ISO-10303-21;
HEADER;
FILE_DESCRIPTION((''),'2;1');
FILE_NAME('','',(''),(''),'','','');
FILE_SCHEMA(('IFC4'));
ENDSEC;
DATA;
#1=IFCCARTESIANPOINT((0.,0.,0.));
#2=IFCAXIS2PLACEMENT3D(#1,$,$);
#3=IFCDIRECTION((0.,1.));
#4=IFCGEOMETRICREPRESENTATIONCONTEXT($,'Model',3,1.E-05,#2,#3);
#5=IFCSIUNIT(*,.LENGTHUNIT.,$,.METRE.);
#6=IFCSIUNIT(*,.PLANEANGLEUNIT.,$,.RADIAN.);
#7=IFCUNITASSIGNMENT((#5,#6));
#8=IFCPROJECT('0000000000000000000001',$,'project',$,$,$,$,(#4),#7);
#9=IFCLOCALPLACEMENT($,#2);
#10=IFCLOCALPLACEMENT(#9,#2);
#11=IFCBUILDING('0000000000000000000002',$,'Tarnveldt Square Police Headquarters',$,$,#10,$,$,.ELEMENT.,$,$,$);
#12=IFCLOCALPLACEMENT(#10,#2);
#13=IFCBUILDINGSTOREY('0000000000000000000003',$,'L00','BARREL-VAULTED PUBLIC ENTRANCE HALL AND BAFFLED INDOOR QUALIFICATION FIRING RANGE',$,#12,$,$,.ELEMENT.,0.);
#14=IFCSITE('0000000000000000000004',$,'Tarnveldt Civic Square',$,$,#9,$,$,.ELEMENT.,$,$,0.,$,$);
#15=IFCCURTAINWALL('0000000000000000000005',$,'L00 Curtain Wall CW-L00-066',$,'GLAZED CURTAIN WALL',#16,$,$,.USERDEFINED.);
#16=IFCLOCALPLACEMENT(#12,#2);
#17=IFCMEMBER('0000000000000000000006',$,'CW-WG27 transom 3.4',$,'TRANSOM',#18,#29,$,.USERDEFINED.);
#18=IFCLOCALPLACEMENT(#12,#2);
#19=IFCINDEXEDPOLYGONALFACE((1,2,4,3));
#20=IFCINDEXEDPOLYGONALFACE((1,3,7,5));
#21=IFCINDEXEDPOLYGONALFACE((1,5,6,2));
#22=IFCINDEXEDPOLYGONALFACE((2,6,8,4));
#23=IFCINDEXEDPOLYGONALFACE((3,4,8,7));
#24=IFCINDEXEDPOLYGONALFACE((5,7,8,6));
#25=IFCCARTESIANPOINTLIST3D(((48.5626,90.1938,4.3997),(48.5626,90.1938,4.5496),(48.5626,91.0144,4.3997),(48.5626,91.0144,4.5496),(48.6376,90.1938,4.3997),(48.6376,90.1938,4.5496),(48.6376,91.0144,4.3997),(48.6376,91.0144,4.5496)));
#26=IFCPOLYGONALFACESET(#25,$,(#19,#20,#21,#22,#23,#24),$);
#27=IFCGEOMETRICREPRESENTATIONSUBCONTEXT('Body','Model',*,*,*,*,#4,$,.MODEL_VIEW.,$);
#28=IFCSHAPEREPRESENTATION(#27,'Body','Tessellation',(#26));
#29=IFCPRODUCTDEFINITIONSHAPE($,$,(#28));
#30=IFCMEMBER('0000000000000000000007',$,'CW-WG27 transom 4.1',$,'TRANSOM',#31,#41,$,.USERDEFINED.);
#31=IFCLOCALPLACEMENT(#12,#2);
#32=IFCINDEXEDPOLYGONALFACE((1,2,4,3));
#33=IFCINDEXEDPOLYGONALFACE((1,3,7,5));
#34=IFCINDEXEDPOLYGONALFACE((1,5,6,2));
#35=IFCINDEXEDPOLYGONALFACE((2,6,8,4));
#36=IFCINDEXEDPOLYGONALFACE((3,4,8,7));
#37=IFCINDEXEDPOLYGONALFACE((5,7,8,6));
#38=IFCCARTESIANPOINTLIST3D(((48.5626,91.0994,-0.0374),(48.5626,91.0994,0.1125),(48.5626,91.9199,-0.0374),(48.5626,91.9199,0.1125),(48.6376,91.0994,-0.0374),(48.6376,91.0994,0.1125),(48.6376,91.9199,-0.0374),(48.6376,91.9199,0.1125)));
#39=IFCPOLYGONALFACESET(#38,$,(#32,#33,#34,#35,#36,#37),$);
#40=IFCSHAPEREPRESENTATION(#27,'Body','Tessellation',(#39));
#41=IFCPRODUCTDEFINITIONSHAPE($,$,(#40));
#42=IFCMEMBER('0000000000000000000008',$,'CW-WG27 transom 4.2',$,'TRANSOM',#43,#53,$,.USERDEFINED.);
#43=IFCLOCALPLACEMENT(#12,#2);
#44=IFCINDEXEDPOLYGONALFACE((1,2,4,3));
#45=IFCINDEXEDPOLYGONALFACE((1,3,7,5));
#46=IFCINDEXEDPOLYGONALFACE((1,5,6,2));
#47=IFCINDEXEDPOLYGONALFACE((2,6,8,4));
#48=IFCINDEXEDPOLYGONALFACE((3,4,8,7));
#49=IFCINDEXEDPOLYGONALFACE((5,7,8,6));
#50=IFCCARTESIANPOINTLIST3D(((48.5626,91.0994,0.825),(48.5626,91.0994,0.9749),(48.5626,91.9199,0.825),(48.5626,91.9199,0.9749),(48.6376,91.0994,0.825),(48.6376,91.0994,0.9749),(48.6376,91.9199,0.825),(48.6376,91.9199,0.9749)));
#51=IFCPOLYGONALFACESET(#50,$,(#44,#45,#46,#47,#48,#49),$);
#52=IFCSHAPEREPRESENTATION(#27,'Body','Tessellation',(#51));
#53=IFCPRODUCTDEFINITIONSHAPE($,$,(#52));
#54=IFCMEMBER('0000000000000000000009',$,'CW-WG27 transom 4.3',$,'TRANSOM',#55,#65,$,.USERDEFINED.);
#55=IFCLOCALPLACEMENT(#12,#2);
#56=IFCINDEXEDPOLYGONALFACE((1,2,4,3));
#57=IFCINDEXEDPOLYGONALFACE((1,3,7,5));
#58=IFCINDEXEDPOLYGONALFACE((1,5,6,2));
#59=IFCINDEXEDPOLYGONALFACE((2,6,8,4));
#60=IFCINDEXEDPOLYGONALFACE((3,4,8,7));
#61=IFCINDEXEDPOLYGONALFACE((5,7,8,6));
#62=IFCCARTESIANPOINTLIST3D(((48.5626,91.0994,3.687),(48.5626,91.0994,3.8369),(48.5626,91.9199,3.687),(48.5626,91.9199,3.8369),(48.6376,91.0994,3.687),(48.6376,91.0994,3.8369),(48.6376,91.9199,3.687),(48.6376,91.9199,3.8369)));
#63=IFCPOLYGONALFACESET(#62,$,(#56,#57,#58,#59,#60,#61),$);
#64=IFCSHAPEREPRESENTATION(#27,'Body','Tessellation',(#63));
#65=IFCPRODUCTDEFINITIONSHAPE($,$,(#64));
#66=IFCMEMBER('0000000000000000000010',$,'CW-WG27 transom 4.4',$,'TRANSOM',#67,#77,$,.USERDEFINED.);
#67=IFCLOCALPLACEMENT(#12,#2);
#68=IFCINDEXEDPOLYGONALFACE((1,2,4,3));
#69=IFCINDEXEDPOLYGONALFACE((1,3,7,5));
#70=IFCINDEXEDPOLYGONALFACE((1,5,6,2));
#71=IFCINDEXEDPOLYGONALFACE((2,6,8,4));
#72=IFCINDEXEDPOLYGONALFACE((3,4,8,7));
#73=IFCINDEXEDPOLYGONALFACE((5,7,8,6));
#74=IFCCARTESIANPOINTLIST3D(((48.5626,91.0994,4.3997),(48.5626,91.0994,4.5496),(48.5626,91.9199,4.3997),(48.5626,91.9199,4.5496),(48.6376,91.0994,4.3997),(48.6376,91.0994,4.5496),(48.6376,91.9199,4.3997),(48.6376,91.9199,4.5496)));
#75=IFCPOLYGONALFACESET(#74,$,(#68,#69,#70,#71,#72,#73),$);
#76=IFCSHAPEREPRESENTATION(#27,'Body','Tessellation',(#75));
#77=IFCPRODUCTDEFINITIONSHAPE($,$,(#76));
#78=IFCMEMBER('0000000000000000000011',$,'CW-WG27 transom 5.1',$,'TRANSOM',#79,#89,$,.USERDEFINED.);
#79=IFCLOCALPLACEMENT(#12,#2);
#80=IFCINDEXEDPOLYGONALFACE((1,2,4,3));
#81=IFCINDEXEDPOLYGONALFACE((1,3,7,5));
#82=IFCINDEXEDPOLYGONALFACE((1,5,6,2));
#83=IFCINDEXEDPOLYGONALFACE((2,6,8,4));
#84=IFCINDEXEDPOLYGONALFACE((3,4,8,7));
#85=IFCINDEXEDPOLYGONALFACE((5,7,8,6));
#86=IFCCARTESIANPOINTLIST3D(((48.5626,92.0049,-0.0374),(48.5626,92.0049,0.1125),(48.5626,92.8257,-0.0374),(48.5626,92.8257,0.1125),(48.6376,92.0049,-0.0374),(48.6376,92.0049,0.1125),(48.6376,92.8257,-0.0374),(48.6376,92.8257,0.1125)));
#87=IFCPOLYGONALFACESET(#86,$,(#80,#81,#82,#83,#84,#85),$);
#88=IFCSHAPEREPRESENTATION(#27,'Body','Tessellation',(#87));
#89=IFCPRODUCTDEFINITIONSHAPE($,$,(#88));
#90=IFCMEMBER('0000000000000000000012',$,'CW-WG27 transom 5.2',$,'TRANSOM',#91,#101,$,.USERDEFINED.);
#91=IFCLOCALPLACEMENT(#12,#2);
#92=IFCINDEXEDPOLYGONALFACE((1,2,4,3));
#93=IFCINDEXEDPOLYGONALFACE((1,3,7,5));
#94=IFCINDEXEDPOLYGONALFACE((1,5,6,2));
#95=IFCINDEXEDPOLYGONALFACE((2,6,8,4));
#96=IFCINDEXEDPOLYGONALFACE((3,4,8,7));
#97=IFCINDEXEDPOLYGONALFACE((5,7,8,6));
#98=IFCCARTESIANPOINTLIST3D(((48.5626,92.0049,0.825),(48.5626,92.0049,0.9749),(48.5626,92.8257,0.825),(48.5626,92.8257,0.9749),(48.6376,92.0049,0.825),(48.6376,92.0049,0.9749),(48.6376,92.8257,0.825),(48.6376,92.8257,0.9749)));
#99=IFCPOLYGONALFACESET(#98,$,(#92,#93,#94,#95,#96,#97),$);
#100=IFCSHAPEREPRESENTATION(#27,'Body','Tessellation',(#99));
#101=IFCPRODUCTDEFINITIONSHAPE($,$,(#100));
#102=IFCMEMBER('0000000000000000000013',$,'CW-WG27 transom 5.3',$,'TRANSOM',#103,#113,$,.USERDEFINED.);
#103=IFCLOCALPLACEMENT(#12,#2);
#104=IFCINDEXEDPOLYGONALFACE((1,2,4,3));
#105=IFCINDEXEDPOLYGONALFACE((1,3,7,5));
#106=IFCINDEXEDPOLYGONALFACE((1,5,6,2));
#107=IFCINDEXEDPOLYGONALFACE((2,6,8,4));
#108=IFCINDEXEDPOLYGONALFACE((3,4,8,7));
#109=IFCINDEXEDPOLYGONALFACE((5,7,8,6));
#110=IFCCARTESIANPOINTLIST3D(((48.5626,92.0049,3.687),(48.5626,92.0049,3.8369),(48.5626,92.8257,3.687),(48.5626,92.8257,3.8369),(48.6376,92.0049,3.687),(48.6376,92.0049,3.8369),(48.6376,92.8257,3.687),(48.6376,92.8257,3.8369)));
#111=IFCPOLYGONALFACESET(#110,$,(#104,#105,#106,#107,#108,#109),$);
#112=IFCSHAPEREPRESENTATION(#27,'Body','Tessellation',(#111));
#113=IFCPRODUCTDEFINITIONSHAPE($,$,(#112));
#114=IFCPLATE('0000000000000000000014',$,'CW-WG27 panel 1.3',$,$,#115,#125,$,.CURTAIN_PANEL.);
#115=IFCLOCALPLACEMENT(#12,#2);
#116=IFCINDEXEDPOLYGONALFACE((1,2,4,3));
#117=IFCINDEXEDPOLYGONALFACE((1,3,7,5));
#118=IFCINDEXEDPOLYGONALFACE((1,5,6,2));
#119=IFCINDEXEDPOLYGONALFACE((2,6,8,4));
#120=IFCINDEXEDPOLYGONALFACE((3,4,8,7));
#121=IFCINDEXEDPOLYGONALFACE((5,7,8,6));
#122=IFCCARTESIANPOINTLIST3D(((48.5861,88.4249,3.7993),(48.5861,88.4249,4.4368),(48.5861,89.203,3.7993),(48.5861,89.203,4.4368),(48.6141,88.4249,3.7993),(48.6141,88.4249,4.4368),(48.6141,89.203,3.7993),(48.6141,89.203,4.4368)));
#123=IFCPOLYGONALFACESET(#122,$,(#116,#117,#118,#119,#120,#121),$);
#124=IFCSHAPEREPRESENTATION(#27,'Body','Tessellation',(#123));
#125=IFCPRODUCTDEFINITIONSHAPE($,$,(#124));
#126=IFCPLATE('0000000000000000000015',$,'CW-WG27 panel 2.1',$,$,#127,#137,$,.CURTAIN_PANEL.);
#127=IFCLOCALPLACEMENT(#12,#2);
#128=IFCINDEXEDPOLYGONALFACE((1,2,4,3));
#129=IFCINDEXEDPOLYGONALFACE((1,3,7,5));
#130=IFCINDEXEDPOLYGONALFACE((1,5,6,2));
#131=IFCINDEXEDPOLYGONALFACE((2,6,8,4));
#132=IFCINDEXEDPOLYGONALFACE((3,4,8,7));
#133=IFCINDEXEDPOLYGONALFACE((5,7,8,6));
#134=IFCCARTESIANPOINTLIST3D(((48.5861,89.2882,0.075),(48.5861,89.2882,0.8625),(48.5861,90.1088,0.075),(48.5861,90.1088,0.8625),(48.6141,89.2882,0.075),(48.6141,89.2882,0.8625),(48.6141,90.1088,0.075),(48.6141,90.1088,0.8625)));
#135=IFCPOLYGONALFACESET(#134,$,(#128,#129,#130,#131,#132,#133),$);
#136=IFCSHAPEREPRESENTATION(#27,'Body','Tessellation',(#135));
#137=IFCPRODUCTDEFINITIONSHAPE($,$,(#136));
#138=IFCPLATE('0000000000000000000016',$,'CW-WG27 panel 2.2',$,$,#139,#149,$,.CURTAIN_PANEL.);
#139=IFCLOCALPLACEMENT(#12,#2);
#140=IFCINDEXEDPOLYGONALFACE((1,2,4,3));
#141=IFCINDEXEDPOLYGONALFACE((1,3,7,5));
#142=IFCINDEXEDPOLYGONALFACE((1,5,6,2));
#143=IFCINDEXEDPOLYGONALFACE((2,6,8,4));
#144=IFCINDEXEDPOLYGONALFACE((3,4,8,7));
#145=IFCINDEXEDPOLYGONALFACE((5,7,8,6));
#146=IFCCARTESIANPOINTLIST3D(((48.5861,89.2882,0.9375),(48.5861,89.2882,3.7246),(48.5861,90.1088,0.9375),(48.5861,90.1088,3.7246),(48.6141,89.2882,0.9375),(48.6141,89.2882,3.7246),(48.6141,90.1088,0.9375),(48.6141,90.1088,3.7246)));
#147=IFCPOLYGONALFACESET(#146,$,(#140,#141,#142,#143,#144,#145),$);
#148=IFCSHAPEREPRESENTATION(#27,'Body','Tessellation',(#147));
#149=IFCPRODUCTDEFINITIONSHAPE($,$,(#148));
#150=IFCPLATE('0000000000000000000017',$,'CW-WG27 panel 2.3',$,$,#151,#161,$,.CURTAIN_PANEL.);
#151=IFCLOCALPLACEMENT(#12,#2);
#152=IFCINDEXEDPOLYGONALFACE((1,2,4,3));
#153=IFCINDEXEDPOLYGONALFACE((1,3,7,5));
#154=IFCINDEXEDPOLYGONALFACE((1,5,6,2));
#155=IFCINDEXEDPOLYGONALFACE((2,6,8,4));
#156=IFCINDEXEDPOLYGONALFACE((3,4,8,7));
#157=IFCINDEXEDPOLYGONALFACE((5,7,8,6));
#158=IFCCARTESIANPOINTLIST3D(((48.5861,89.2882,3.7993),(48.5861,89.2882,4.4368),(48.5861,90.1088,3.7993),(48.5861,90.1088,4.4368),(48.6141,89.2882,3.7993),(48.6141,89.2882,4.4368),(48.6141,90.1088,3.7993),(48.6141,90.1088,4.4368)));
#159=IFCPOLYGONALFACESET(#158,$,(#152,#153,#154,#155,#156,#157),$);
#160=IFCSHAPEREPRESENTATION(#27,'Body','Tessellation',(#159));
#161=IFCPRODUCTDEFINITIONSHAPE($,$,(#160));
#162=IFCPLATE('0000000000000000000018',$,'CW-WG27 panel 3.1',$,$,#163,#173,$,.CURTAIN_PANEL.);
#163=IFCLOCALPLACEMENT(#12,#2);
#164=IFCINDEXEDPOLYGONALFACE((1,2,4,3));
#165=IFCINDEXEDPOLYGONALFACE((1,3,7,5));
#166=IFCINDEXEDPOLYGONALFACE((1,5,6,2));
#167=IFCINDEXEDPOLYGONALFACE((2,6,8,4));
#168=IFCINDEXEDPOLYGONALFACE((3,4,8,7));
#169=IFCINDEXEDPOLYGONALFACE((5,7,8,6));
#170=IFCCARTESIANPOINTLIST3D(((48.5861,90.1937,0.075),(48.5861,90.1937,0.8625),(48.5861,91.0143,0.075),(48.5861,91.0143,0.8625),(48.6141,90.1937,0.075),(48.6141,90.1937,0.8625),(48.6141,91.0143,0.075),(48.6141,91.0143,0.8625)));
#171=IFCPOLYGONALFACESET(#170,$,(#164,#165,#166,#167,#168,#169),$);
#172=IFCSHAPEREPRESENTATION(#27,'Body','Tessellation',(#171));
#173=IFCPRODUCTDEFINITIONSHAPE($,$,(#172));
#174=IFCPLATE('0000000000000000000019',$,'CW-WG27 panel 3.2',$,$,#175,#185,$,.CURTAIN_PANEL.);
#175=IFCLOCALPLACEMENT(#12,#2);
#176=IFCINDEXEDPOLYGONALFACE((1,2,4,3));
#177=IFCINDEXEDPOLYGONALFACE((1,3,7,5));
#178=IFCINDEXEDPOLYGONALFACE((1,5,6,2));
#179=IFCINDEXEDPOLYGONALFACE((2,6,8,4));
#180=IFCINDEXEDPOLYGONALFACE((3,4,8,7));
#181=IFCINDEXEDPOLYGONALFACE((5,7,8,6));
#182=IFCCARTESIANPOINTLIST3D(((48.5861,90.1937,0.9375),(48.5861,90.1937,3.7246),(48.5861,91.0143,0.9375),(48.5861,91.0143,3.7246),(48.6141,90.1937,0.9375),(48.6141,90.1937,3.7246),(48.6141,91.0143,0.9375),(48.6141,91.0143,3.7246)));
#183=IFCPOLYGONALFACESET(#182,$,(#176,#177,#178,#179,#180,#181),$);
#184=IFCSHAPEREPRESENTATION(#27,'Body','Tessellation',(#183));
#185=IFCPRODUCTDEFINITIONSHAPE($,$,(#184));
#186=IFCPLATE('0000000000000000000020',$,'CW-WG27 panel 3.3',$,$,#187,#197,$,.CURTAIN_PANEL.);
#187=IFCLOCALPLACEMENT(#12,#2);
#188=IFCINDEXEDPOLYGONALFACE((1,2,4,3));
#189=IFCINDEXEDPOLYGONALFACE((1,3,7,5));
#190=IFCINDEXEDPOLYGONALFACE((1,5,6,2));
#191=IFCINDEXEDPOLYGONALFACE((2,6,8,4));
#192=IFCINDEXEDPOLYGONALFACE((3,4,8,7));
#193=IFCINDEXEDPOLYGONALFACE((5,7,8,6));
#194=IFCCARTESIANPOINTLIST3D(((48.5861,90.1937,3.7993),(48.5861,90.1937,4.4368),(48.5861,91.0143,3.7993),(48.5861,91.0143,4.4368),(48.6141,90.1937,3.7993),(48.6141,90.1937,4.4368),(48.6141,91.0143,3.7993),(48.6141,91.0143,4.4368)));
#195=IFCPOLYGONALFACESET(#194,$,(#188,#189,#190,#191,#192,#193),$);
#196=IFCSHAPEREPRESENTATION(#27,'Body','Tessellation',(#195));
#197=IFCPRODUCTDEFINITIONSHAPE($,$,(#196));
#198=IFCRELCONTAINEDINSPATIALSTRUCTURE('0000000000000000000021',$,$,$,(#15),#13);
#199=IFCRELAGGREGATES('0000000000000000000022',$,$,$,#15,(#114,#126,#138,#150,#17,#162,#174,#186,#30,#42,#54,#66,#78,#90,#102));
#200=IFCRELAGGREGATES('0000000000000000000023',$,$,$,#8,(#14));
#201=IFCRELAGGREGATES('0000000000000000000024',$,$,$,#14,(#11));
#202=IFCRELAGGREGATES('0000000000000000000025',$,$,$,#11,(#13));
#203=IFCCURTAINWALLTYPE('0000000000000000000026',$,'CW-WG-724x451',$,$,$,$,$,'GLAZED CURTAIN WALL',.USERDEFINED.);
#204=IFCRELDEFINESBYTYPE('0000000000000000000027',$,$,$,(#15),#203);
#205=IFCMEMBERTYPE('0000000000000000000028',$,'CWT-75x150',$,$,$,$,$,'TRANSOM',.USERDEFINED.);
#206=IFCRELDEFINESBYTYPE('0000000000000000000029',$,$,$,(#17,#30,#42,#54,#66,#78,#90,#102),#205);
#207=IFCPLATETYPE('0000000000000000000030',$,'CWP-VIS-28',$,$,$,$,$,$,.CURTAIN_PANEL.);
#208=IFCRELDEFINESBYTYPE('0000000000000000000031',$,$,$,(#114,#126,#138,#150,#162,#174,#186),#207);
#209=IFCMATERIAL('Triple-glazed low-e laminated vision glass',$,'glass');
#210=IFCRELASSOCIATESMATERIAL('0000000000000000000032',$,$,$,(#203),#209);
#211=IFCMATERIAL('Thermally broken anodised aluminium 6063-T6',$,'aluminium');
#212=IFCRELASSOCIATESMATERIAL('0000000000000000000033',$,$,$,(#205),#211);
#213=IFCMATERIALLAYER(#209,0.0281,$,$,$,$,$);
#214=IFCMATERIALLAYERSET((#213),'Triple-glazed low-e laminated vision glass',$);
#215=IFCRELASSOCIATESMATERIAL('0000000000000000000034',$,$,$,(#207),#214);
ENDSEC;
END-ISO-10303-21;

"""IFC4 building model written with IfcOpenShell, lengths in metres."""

from ifc_helpers import new_model, si_unit, direction, frame, origin, origin_2d, place, context, subcontext, project, spatial, rectangle, extrude, material, layer, layer_set, material_profile, profile_set, type_object, element, aggregate, save


model = new_model("IFC4")

# Units and contexts
model_context = context("Model", 3, precision=1e-05, world=origin(), true_north=direction((0.0, 1.0)))
body_context = subcontext(model_context, "Body", "Model", "MODEL_VIEW")
ifc_project = project(units=[si_unit("LENGTHUNIT", "METRE"), si_unit("PLANEANGLEUNIT", "RADIAN")], contexts=[model_context])

# Site, building, storey
site_placement = place(None, origin())
site = spatial("IfcSite", under=ifc_project, at=site_placement, Name="Tarnveldt Civic Square", CompositionType="ELEMENT", RefElevation=0.0)
building_placement = place(site_placement, origin())
building = spatial("IfcBuilding", under=site, at=building_placement, Name="Tarnveldt Square Police Headquarters", CompositionType="ELEMENT")
storey_placement = place(building_placement, origin())
storey = spatial("IfcBuildingStorey", under=building, at=storey_placement, Name="L00", Description="BARREL-VAULTED PUBLIC ENTRANCE HALL AND BAFFLED INDOOR QUALIFICATION FIRING RANGE", CompositionType="ELEMENT", Elevation=0.0)

# Curtain wall, members, plates
ifc_material_1 = material(Name="Triple-glazed low-e laminated vision glass", Category="glass")
curtain_wall_type = type_object("IfcCurtainWallType", Name="CW-WG-724x451", ElementType="GLAZED CURTAIN WALL", PredefinedType="USERDEFINED", material=ifc_material_1)
curtain_wall_placement = place(storey_placement, origin())
curtain_wall = element("IfcCurtainWall", 1, at=curtain_wall_placement, inside=storey, type_object=curtain_wall_type, Name="L00 Curtain Wall CW-L00-066", ObjectType="GLAZED CURTAIN WALL", PredefinedType="USERDEFINED")
ifc_material_2 = material(Name="Thermally broken anodised aluminium 6063-T6", Category="aluminium")
ifc_material_profile_1 = material_profile(ifc_material_2, rectangle(XDim=0.075, YDim=0.1499, at=origin_2d()), Name="CW-T75x150")
ifc_profile_set_1 = profile_set([ifc_material_profile_1], Name="Thermally broken anodised aluminium 6063-T6")
member_type_1 = type_object("IfcMemberType", Name="CWT-75x150", ElementType="TRANSOM", PredefinedType="USERDEFINED", material=ifc_profile_set_1)
member_1_placement = place(storey_placement, frame((48.6001, 90.1938, 4.4746), z_axis=(0.0, 1.0, 0.0), x_axis=(-1.0, 0.0, 0.0)))
member_1 = element("IfcMember", 2, at=member_1_placement, type_object=member_type_1, Name="CW-WG27 transom 3.4", ObjectType="TRANSOM", PredefinedType="USERDEFINED", context=body_context, shape_type="SweptSolid", body=[
    extrude(rectangle(XDim=0.075, YDim=0.1499, at=origin_2d()), origin(), (0.0, 0.0, 1.0), 0.8206),
])
member_2_placement = place(storey_placement, frame((48.6001, 91.0994, 0.0376), z_axis=(0.0, 1.0, 0.0), x_axis=(-1.0, 0.0, 0.0)))
member_2 = element("IfcMember", 3, at=member_2_placement, type_object=member_type_1, Name="CW-WG27 transom 4.1", ObjectType="TRANSOM", PredefinedType="USERDEFINED", context=body_context, shape_type="SweptSolid", body=[
    extrude(rectangle(XDim=0.075, YDim=0.1499, at=origin_2d()), origin(), (0.0, 0.0, 1.0), 0.8206),
])
member_3_placement = place(storey_placement, frame((48.6001, 91.0994, 0.8999), z_axis=(0.0, 1.0, 0.0), x_axis=(-1.0, 0.0, 0.0)))
member_3 = element("IfcMember", 4, at=member_3_placement, type_object=member_type_1, Name="CW-WG27 transom 4.2", ObjectType="TRANSOM", PredefinedType="USERDEFINED", context=body_context, shape_type="SweptSolid", body=[
    extrude(rectangle(XDim=0.075, YDim=0.1499, at=origin_2d()), origin(), (0.0, 0.0, 1.0), 0.8206),
])
member_4_placement = place(storey_placement, frame((48.6001, 91.0994, 3.762), z_axis=(0.0, 1.0, 0.0), x_axis=(-1.0, 0.0, 0.0)))
member_4 = element("IfcMember", 5, at=member_4_placement, type_object=member_type_1, Name="CW-WG27 transom 4.3", ObjectType="TRANSOM", PredefinedType="USERDEFINED", context=body_context, shape_type="SweptSolid", body=[
    extrude(rectangle(XDim=0.075, YDim=0.1499, at=origin_2d()), origin(), (0.0, 0.0, 1.0), 0.8206),
])
member_5_placement = place(storey_placement, frame((48.6001, 91.0994, 4.4746), z_axis=(0.0, 1.0, 0.0), x_axis=(-1.0, 0.0, 0.0)))
member_5 = element("IfcMember", 6, at=member_5_placement, type_object=member_type_1, Name="CW-WG27 transom 4.4", ObjectType="TRANSOM", PredefinedType="USERDEFINED", context=body_context, shape_type="SweptSolid", body=[
    extrude(rectangle(XDim=0.075, YDim=0.1499, at=origin_2d()), origin(), (0.0, 0.0, 1.0), 0.8206),
])
member_6_placement = place(storey_placement, frame((48.6001, 92.0049, 0.0376), z_axis=(0.0, 1.0, 0.0), x_axis=(-1.0, 0.0, 0.0)))
member_6 = element("IfcMember", 7, at=member_6_placement, type_object=member_type_1, Name="CW-WG27 transom 5.1", ObjectType="TRANSOM", PredefinedType="USERDEFINED", context=body_context, shape_type="SweptSolid", body=[
    extrude(rectangle(XDim=0.075, YDim=0.1499, at=origin_2d()), origin(), (0.0, 0.0, 1.0), 0.8208),
])
member_7_placement = place(storey_placement, frame((48.6001, 92.0049, 0.8999), z_axis=(0.0, 1.0, 0.0), x_axis=(-1.0, 0.0, 0.0)))
member_7 = element("IfcMember", 8, at=member_7_placement, type_object=member_type_1, Name="CW-WG27 transom 5.2", ObjectType="TRANSOM", PredefinedType="USERDEFINED", context=body_context, shape_type="SweptSolid", body=[
    extrude(rectangle(XDim=0.075, YDim=0.1499, at=origin_2d()), origin(), (0.0, 0.0, 1.0), 0.8208),
])
member_8_placement = place(storey_placement, frame((48.6001, 92.0049, 3.762), z_axis=(0.0, 1.0, 0.0), x_axis=(-1.0, 0.0, 0.0)))
member_8 = element("IfcMember", 9, at=member_8_placement, type_object=member_type_1, Name="CW-WG27 transom 5.3", ObjectType="TRANSOM", PredefinedType="USERDEFINED", context=body_context, shape_type="SweptSolid", body=[
    extrude(rectangle(XDim=0.075, YDim=0.1499, at=origin_2d()), origin(), (0.0, 0.0, 1.0), 0.8208),
])
ifc_layer = layer(ifc_material_1, 0.0281)
ifc_layer_set = layer_set([ifc_layer], Name="Triple-glazed low-e laminated vision glass")
plate_type = type_object("IfcPlateType", Name="CWP-VIS-28", PredefinedType="CURTAIN_PANEL", material=ifc_layer_set)
plate_1_placement = place(storey_placement, frame((48.6001, 88.814, 3.7993), z_axis=(0.0, 0.0, 1.0), x_axis=(0.0, 1.0, 0.0)))
plate_1 = element("IfcPlate", 10, at=plate_1_placement, type_object=plate_type, Name="CW-WG27 panel 1.3", PredefinedType="CURTAIN_PANEL", context=body_context, shape_type="SweptSolid", body=[
    extrude(rectangle(XDim=0.7781, YDim=0.0281, at=origin_2d()), origin(), (0.0, 0.0, 1.0), 0.6375),
])
plate_2_placement = place(storey_placement, frame((48.6001, 89.6985, 0.075), z_axis=(0.0, 0.0, 1.0), x_axis=(0.0, 1.0, 0.0)))
plate_2 = element("IfcPlate", 11, at=plate_2_placement, type_object=plate_type, Name="CW-WG27 panel 2.1", PredefinedType="CURTAIN_PANEL", context=body_context, shape_type="SweptSolid", body=[
    extrude(rectangle(XDim=0.8206, YDim=0.0281, at=origin_2d()), origin(), (0.0, 0.0, 1.0), 0.7876),
])
plate_3_placement = place(storey_placement, frame((48.6001, 89.6985, 0.9375), z_axis=(0.0, 0.0, 1.0), x_axis=(0.0, 1.0, 0.0)))
plate_3 = element("IfcPlate", 12, at=plate_3_placement, type_object=plate_type, Name="CW-WG27 panel 2.2", PredefinedType="CURTAIN_PANEL", context=body_context, shape_type="SweptSolid", body=[
    extrude(rectangle(XDim=0.8206, YDim=0.0281, at=origin_2d()), origin(), (0.0, 0.0, 1.0), 2.7871),
])
plate_4_placement = place(storey_placement, frame((48.6001, 89.6985, 3.7993), z_axis=(0.0, 0.0, 1.0), x_axis=(0.0, 1.0, 0.0)))
plate_4 = element("IfcPlate", 13, at=plate_4_placement, type_object=plate_type, Name="CW-WG27 panel 2.3", PredefinedType="CURTAIN_PANEL", context=body_context, shape_type="SweptSolid", body=[
    extrude(rectangle(XDim=0.8206, YDim=0.0281, at=origin_2d()), origin(), (0.0, 0.0, 1.0), 0.6375),
])
plate_5_placement = place(storey_placement, frame((48.6001, 90.604, 0.075), z_axis=(0.0, 0.0, 1.0), x_axis=(0.0, 1.0, 0.0)))
plate_5 = element("IfcPlate", 14, at=plate_5_placement, type_object=plate_type, Name="CW-WG27 panel 3.1", PredefinedType="CURTAIN_PANEL", context=body_context, shape_type="SweptSolid", body=[
    extrude(rectangle(XDim=0.8206, YDim=0.0281, at=origin_2d()), origin(), (0.0, 0.0, 1.0), 0.7876),
])
plate_6_placement = place(storey_placement, frame((48.6001, 90.604, 0.9375), z_axis=(0.0, 0.0, 1.0), x_axis=(0.0, 1.0, 0.0)))
plate_6 = element("IfcPlate", 15, at=plate_6_placement, type_object=plate_type, Name="CW-WG27 panel 3.2", PredefinedType="CURTAIN_PANEL", context=body_context, shape_type="SweptSolid", body=[
    extrude(rectangle(XDim=0.8206, YDim=0.0281, at=origin_2d()), origin(), (0.0, 0.0, 1.0), 2.7871),
])
plate_7_placement = place(storey_placement, frame((48.6001, 90.604, 3.7993), z_axis=(0.0, 0.0, 1.0), x_axis=(0.0, 1.0, 0.0)))
plate_7 = element("IfcPlate", 16, at=plate_7_placement, type_object=plate_type, Name="CW-WG27 panel 3.3", PredefinedType="CURTAIN_PANEL", context=body_context, shape_type="SweptSolid", body=[
    extrude(rectangle(XDim=0.8206, YDim=0.0281, at=origin_2d()), origin(), (0.0, 0.0, 1.0), 0.6375),
])
aggregate(curtain_wall, [plate_1, plate_2, plate_3, plate_4, member_1, plate_5, plate_6, plate_7, member_2, member_3, member_4, member_5, member_6, member_7, member_8])

save(model, "model.ifc")
